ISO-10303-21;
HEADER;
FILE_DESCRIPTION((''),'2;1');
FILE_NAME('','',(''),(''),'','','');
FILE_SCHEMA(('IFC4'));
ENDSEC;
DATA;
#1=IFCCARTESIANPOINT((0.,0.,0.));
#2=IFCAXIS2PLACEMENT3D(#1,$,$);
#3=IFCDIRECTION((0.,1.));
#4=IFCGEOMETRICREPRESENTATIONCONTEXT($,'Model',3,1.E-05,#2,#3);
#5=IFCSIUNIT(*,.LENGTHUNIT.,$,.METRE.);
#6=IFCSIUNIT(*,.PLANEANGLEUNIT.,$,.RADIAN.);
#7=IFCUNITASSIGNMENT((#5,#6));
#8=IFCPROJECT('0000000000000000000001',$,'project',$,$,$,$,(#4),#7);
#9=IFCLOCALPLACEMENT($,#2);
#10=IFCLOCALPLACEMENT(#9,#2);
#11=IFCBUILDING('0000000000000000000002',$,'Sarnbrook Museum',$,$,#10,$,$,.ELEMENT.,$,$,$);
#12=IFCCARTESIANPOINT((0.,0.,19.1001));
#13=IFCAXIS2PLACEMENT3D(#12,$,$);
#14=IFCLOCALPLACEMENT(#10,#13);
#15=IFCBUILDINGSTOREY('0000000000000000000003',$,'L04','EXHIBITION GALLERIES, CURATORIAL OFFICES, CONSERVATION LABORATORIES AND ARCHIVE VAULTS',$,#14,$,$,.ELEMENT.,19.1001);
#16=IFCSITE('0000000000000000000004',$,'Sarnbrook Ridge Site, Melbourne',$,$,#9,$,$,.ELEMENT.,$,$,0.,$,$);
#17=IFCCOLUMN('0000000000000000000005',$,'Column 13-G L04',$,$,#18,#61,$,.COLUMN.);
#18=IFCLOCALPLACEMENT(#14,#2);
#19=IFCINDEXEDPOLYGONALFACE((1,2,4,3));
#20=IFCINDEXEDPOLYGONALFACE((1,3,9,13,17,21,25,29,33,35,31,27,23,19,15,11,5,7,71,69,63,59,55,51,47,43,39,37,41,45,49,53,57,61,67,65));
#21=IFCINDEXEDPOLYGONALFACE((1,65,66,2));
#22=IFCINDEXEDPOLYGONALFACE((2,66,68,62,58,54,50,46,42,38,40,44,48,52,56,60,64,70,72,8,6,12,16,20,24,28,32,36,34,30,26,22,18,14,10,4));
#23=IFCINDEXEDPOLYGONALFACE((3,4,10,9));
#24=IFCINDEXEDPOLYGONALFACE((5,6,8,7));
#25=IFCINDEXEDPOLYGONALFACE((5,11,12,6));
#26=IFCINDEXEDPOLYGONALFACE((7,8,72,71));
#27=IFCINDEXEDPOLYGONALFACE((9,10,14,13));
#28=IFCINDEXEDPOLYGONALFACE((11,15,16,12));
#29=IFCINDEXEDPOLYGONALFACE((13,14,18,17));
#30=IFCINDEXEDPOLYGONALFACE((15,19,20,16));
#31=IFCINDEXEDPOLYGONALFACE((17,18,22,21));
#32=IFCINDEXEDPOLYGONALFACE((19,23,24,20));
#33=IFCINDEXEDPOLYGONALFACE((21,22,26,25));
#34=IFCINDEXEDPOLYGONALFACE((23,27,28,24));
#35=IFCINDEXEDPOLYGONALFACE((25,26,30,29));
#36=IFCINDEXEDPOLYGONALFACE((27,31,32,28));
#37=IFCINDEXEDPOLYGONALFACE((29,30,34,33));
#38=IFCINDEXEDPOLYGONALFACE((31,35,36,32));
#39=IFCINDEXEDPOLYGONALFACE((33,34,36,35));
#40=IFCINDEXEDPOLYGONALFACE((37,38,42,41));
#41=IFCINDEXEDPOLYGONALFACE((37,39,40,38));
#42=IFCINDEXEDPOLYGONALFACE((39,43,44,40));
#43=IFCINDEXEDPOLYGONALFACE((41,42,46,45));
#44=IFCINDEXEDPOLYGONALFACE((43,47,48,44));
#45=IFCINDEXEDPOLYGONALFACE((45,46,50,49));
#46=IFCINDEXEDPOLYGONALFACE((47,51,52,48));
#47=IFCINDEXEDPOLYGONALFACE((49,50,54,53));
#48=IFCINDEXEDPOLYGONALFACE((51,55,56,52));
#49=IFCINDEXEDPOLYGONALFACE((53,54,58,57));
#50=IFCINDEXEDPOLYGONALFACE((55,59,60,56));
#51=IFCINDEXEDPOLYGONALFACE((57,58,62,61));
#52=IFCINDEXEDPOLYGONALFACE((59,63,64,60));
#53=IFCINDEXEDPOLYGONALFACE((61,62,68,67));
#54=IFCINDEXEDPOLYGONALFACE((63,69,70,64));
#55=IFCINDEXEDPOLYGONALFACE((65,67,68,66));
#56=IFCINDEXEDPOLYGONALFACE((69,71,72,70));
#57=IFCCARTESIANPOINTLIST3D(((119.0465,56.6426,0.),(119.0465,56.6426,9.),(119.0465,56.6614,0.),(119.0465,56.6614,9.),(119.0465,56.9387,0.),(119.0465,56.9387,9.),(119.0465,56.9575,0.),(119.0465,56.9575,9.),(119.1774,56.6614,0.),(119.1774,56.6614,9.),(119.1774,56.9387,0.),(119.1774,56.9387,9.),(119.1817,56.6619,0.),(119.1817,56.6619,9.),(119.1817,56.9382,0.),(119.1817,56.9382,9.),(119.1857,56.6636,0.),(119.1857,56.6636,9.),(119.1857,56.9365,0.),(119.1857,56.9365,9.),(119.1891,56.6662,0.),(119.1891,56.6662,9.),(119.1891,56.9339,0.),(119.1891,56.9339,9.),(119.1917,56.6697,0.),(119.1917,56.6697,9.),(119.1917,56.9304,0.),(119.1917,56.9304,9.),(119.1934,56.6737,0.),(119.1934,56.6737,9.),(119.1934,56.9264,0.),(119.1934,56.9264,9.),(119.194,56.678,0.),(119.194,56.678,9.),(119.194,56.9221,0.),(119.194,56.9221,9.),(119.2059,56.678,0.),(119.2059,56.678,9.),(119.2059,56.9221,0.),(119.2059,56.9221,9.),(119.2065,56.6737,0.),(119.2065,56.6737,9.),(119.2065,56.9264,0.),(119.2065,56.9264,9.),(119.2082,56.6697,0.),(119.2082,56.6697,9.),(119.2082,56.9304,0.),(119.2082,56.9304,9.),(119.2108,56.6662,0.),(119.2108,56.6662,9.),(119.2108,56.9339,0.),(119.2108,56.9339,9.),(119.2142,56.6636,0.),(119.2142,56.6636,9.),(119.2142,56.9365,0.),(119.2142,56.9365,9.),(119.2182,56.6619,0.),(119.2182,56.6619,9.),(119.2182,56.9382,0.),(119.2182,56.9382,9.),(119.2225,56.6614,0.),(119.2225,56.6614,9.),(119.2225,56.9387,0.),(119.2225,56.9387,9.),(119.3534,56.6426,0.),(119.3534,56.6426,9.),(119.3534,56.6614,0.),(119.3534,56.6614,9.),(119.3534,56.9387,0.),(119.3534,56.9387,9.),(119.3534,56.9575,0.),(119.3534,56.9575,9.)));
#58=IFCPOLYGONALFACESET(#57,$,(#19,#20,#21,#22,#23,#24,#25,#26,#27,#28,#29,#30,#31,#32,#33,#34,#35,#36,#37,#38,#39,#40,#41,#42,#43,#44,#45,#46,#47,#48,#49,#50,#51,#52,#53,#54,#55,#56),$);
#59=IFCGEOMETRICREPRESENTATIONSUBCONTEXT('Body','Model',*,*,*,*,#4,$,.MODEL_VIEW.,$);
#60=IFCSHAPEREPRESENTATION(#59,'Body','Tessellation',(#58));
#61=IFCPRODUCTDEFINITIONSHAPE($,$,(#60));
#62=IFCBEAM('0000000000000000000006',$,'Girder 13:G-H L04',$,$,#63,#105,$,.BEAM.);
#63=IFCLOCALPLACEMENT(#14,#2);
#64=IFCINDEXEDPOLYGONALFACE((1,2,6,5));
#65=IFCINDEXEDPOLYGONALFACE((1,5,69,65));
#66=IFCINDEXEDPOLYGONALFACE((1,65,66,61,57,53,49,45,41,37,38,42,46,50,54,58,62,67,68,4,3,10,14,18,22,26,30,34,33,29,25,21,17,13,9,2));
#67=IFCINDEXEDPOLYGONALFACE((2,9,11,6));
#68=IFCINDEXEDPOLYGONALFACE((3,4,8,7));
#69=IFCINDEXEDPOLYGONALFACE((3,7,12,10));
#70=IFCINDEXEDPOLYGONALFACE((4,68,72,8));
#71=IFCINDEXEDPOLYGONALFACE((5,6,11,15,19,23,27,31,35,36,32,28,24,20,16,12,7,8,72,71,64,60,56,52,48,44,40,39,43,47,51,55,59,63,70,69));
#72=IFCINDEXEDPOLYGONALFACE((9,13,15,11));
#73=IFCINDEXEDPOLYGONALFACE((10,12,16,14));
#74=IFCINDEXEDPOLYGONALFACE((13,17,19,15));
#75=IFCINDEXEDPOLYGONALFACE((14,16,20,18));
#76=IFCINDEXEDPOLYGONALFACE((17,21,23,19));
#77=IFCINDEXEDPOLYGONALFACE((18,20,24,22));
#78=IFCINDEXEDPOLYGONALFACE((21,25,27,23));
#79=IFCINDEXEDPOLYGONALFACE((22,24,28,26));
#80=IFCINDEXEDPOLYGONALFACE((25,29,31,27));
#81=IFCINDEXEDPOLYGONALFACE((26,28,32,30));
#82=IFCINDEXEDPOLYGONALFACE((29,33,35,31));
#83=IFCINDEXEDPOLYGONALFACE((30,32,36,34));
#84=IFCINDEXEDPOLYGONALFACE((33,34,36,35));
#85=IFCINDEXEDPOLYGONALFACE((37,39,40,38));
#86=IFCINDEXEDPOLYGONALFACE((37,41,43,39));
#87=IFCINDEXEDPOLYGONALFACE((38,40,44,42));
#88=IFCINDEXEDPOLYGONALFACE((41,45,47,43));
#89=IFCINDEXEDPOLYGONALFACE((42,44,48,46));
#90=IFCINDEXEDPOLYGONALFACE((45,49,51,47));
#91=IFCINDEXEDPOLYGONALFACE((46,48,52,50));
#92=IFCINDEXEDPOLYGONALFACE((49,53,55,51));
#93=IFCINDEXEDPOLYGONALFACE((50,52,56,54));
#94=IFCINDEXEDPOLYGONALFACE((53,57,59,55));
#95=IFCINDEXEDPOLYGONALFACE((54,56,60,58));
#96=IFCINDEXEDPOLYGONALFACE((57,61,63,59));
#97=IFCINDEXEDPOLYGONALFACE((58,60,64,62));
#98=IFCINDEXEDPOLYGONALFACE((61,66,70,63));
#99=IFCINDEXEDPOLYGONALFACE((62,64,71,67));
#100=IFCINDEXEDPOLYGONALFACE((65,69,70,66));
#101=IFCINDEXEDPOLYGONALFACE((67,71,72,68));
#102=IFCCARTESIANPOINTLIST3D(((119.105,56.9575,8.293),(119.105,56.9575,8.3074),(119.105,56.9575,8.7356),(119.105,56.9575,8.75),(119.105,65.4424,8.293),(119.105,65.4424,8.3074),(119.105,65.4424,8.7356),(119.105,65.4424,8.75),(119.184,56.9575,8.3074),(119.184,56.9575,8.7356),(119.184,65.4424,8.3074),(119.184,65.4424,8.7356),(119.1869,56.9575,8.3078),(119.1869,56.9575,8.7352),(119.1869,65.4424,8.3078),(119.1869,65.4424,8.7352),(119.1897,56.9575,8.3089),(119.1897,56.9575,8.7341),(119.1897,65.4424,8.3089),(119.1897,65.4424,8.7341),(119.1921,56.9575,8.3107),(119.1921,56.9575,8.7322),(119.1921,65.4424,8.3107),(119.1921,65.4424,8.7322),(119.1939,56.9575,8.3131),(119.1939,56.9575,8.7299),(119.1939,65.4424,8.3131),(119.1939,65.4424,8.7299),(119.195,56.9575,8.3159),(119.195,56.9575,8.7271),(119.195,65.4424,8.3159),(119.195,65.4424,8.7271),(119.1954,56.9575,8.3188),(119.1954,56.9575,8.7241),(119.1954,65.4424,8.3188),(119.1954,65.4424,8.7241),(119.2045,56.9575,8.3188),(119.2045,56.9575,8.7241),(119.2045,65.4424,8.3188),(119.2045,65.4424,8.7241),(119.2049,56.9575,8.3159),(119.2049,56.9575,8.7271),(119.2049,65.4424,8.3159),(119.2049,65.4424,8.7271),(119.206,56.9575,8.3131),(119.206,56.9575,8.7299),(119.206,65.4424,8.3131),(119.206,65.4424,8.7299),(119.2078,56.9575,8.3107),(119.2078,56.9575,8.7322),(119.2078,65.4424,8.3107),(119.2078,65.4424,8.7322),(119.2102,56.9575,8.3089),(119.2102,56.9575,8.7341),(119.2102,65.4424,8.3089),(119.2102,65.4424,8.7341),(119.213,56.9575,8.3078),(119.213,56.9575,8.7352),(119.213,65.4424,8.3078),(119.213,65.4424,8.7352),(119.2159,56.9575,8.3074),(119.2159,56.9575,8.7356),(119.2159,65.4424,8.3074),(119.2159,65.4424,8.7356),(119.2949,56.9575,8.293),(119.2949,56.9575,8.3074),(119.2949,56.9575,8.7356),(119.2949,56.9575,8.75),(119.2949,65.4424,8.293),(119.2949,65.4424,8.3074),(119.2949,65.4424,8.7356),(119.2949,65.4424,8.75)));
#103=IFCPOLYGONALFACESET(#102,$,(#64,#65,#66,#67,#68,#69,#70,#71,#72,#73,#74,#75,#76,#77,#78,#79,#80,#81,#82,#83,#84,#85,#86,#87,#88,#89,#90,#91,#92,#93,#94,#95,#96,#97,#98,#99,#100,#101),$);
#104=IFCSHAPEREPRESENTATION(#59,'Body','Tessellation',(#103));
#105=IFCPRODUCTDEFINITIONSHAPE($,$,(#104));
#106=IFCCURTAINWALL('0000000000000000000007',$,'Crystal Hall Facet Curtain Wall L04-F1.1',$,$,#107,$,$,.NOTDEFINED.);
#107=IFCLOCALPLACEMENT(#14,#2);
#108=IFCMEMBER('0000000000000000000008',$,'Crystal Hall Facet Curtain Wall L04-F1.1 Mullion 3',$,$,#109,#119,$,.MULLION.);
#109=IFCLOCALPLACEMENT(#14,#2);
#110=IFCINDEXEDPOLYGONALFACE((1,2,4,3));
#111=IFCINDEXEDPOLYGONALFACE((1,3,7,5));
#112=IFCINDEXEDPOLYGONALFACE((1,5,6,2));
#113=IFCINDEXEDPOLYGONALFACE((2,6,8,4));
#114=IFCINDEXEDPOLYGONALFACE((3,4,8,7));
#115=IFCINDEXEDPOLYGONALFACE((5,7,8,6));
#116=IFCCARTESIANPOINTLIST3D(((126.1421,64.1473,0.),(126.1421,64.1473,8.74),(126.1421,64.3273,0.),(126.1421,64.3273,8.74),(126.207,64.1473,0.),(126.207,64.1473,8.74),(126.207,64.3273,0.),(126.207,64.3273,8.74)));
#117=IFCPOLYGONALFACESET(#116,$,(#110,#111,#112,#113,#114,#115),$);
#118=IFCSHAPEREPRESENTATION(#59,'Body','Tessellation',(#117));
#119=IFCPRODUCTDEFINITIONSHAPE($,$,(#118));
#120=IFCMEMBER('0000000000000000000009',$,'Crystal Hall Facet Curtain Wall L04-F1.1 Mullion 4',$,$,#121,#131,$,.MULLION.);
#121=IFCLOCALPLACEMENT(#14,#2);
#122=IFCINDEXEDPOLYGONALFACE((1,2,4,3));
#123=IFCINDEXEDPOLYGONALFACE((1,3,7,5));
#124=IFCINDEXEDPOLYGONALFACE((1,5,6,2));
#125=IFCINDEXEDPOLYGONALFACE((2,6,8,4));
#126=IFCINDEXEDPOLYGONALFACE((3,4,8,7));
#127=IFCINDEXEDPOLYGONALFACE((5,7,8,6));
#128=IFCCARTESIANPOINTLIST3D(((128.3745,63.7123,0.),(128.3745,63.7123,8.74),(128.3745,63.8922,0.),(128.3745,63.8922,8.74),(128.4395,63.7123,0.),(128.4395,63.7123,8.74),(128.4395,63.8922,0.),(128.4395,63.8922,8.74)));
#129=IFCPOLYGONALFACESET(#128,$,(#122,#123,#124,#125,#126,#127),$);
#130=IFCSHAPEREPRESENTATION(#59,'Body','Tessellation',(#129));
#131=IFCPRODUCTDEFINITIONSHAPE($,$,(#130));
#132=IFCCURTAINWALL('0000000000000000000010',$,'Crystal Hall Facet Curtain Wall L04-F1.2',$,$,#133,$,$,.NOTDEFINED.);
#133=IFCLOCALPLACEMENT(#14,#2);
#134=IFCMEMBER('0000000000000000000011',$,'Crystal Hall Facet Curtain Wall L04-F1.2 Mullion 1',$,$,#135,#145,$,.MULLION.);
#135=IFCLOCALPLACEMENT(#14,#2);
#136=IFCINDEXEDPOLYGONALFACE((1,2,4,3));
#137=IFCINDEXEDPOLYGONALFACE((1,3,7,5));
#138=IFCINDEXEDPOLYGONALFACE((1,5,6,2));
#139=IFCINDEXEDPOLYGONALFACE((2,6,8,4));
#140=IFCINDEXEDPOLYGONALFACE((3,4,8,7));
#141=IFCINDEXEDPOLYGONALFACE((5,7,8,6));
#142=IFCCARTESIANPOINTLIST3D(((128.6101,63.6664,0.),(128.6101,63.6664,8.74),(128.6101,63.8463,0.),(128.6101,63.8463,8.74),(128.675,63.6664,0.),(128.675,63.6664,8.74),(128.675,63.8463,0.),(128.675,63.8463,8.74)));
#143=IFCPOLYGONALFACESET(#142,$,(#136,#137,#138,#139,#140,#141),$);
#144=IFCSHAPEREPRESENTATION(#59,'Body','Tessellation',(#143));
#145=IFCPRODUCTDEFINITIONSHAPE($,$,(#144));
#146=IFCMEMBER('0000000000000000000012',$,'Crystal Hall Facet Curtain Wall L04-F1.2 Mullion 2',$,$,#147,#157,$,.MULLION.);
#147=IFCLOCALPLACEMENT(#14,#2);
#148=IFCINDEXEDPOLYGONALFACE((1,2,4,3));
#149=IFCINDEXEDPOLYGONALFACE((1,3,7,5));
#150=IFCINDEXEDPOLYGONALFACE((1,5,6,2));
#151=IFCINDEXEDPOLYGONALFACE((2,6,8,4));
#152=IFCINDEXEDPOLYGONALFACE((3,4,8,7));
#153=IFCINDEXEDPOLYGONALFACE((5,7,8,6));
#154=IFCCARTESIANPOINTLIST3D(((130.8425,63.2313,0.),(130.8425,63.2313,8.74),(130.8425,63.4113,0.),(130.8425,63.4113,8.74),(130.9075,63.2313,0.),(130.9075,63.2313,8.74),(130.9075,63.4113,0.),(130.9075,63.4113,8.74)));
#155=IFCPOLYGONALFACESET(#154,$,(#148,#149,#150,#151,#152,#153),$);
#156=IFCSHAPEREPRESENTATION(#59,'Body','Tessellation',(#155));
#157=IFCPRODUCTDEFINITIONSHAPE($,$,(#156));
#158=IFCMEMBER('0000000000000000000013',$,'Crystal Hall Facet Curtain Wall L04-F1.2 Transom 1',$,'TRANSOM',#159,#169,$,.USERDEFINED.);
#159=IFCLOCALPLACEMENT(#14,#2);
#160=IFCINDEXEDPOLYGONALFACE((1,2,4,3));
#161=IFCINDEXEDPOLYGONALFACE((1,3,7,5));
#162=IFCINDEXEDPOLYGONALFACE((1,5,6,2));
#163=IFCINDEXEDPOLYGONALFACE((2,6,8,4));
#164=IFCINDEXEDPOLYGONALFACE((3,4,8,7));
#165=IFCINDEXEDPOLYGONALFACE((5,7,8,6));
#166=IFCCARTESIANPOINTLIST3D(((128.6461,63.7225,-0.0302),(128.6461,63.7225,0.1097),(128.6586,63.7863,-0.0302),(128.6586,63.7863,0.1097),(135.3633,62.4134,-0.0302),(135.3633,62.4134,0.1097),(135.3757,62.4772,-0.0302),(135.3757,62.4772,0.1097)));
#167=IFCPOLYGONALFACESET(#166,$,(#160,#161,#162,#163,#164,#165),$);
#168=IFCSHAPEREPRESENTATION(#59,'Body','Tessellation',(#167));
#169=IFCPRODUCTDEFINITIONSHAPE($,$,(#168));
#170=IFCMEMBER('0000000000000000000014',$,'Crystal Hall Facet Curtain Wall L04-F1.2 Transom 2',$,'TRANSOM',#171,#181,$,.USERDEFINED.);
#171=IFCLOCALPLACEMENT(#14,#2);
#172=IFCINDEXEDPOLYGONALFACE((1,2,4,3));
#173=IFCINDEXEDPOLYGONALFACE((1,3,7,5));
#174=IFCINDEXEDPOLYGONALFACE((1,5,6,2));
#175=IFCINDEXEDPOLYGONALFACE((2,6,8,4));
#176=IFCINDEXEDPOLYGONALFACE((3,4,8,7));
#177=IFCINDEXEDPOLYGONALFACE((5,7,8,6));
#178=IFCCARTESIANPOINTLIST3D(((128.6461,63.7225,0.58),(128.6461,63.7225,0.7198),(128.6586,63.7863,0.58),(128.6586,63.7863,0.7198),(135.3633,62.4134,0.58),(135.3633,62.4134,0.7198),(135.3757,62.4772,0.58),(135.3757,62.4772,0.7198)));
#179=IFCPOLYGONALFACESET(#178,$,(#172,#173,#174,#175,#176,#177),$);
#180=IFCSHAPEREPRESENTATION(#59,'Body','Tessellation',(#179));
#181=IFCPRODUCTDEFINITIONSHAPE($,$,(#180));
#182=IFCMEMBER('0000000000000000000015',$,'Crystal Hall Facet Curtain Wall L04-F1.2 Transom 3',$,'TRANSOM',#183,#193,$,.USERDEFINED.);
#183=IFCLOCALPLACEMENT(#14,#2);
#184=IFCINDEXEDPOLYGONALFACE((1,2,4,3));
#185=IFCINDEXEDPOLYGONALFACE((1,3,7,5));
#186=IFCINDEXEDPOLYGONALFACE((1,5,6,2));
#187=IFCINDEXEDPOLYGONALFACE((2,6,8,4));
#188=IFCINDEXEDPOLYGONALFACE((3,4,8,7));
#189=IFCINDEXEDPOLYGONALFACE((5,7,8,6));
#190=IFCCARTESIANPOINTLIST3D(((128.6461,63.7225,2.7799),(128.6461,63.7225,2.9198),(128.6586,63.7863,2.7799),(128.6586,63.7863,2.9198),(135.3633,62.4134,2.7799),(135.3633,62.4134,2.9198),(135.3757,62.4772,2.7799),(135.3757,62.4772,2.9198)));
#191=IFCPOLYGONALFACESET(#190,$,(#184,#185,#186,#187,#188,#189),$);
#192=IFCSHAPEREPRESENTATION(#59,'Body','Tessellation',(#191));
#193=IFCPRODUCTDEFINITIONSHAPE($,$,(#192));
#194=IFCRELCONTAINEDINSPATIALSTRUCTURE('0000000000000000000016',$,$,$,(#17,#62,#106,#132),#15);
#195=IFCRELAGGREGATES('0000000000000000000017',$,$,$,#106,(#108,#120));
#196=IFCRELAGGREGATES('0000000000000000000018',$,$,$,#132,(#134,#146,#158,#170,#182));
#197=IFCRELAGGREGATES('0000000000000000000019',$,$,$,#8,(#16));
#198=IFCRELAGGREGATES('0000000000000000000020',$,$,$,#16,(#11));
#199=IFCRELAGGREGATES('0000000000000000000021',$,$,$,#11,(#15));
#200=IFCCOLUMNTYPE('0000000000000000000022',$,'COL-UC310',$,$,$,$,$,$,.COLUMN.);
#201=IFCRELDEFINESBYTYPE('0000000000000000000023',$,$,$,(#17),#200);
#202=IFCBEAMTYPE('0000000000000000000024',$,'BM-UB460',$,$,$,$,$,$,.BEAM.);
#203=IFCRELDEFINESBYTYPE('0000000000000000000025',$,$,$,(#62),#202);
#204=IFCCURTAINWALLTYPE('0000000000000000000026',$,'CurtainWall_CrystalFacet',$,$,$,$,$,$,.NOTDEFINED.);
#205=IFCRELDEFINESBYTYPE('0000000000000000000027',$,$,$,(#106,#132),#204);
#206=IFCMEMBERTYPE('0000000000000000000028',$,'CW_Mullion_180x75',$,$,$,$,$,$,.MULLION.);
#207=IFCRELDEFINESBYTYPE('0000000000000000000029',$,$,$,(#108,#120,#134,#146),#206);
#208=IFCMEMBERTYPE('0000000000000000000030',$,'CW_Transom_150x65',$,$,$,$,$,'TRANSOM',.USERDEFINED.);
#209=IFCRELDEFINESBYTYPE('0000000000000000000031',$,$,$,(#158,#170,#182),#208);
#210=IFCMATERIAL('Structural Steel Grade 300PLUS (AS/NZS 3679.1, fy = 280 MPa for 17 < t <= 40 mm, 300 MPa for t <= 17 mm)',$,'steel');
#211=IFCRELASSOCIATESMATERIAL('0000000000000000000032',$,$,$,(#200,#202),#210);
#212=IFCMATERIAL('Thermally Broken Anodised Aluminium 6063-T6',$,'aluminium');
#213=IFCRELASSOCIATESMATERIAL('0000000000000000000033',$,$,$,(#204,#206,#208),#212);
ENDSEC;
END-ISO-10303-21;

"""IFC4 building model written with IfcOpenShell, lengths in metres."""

from ifc_helpers import new_model, si_unit, direction, frame, origin, origin_2d, place, context, subcontext, project, spatial, rectangle, i_section, extrude, material, material_profile, profile_set, type_object, element, aggregate, save


model = new_model("IFC4")

# Units and contexts
model_context = context("Model", 3, precision=1e-05, world=origin(), true_north=direction((0.0, 1.0)))
body_context = subcontext(model_context, "Body", "Model", "MODEL_VIEW")
ifc_project = project(units=[si_unit("LENGTHUNIT", "METRE"), si_unit("PLANEANGLEUNIT", "RADIAN")], contexts=[model_context])

# Site, building, storey
site_placement = place(None, origin())
site = spatial("IfcSite", under=ifc_project, at=site_placement, Name="Sarnbrook Ridge Site, Melbourne", CompositionType="ELEMENT", RefElevation=0.0)
building_placement = place(site_placement, origin())
building = spatial("IfcBuilding", under=site, at=building_placement, Name="Sarnbrook Museum", CompositionType="ELEMENT")
storey_placement = place(building_placement, frame((0.0, 0.0, 19.1001)))
storey = spatial("IfcBuildingStorey", under=building, at=storey_placement, Name="L04", Description="EXHIBITION GALLERIES, CURATORIAL OFFICES, CONSERVATION LABORATORIES AND ARCHIVE VAULTS", CompositionType="ELEMENT", Elevation=19.1001)

# Column
ifc_material_1 = material(Name="Structural Steel Grade 300PLUS (AS/NZS 3679.1, fy = 280 MPa for 17 < t <= 40 mm, 300 MPa for t <= 17 mm)", Category="steel")
ifc_material_profile_1 = material_profile(ifc_material_1, i_section(OverallWidth=0.3069, OverallDepth=0.3149, WebThickness=0.012, FlangeThickness=0.0188, FilletRadius=0.0166, at=origin_2d()), Name="310UC118")
ifc_profile_set_1 = profile_set([ifc_material_profile_1], Name="Structural Steel Grade 300PLUS (AS/NZS 3679.1, fy = 280 MPa for 17 < t <= 40 mm, 300 MPa for t <= 17 mm)")
column_type = type_object("IfcColumnType", Name="COL-UC310", PredefinedType="COLUMN", material=ifc_profile_set_1)
column_placement = place(storey_placement, frame((119.2, 56.8, 0.0), z_axis=(0.0, 0.0, 1.0), x_axis=(1.0, 0.0, 0.0)))
element("IfcColumn", 1, at=column_placement, inside=storey, type_object=column_type, Name="Column 13-G L04", PredefinedType="COLUMN", context=body_context, shape_type="SweptSolid", body=[
    extrude(i_section(OverallWidth=0.3069, OverallDepth=0.3149, WebThickness=0.012, FlangeThickness=0.0188, FilletRadius=0.0166, at=origin_2d()), origin(), (0.0, 0.0, 1.0), 9.0),
])

# Beam
ifc_material_profile_2 = material_profile(ifc_material_1, i_section(OverallWidth=0.1899, OverallDepth=0.457, WebThickness=0.009, FlangeThickness=0.0144, FilletRadius=0.0115, at=origin_2d()), Name="460UB74.6")
ifc_profile_set_2 = profile_set([ifc_material_profile_2], Name="Structural Steel Grade 300PLUS (AS/NZS 3679.1, fy = 280 MPa for 17 < t <= 40 mm, 300 MPa for t <= 17 mm)")
beam_type = type_object("IfcBeamType", Name="BM-UB460", PredefinedType="BEAM", material=ifc_profile_set_2)
beam_placement = place(storey_placement, frame((119.2, 56.9575, 8.5215), z_axis=(0.0, 1.0, 0.0), x_axis=(-1.0, 0.0, 0.0)))
element("IfcBeam", 2, at=beam_placement, inside=storey, type_object=beam_type, Name="Girder 13:G-H L04", PredefinedType="BEAM", context=body_context, shape_type="SweptSolid", body=[
    extrude(i_section(OverallWidth=0.1899, OverallDepth=0.457, WebThickness=0.009, FlangeThickness=0.0144, FilletRadius=0.0115, at=origin_2d()), origin(), (0.0, 0.0, 1.0), 8.4849),
])

# Curtain walls, members
ifc_material_2 = material(Name="Thermally Broken Anodised Aluminium 6063-T6", Category="aluminium")
curtain_wall_type = type_object("IfcCurtainWallType", Name="CurtainWall_CrystalFacet", PredefinedType="NOTDEFINED", material=ifc_material_2)
curtain_wall_1_placement = place(storey_placement, origin())
curtain_wall_1 = element("IfcCurtainWall", 3, at=curtain_wall_1_placement, inside=storey, type_object=curtain_wall_type, Name="Crystal Hall Facet Curtain Wall L04-F1.1", PredefinedType="NOTDEFINED")
ifc_material_profile_3 = material_profile(ifc_material_2, rectangle(XDim=0.0649, YDim=0.1799, at=origin_2d()), Name="ALU MULLION 65x180")
ifc_profile_set_3 = profile_set([ifc_material_profile_3], Name="Thermally Broken Anodised Aluminium 6063-T6")
member_type_1 = type_object("IfcMemberType", Name="CW_Mullion_180x75", PredefinedType="MULLION", material=ifc_profile_set_3)
member_1_placement = place(storey_placement, frame((126.1746, 64.2373, 0.0), z_axis=(0.0, 0.0, 1.0), x_axis=(1.0, 0.0, 0.0)))
member_1 = element("IfcMember", 4, at=member_1_placement, type_object=member_type_1, Name="Crystal Hall Facet Curtain Wall L04-F1.1 Mullion 3", PredefinedType="MULLION", context=body_context, shape_type="SweptSolid", body=[
    extrude(rectangle(XDim=0.0649, YDim=0.1799, at=origin_2d()), origin(), (0.0, 0.0, 1.0), 8.74),
])
member_2_placement = place(storey_placement, frame((128.407, 63.8022, 0.0), z_axis=(0.0, 0.0, 1.0), x_axis=(1.0, 0.0, 0.0)))
member_2 = element("IfcMember", 5, at=member_2_placement, type_object=member_type_1, Name="Crystal Hall Facet Curtain Wall L04-F1.1 Mullion 4", PredefinedType="MULLION", context=body_context, shape_type="SweptSolid", body=[
    extrude(rectangle(XDim=0.0649, YDim=0.1799, at=origin_2d()), origin(), (0.0, 0.0, 1.0), 8.74),
])
curtain_wall_2_placement = place(storey_placement, origin())
curtain_wall_2 = element("IfcCurtainWall", 6, at=curtain_wall_2_placement, inside=storey, type_object=curtain_wall_type, Name="Crystal Hall Facet Curtain Wall L04-F1.2", PredefinedType="NOTDEFINED")
member_3_placement = place(storey_placement, frame((128.6426, 63.7563, 0.0), z_axis=(0.0, 0.0, 1.0), x_axis=(1.0, 0.0, 0.0)))
member_3 = element("IfcMember", 7, at=member_3_placement, type_object=member_type_1, Name="Crystal Hall Facet Curtain Wall L04-F1.2 Mullion 1", PredefinedType="MULLION", context=body_context, shape_type="SweptSolid", body=[
    extrude(rectangle(XDim=0.0649, YDim=0.1799, at=origin_2d()), origin(), (0.0, 0.0, 1.0), 8.74),
])
member_4_placement = place(storey_placement, frame((130.875, 63.3213, 0.0), z_axis=(0.0, 0.0, 1.0), x_axis=(1.0, 0.0, 0.0)))
member_4 = element("IfcMember", 8, at=member_4_placement, type_object=member_type_1, Name="Crystal Hall Facet Curtain Wall L04-F1.2 Mullion 2", PredefinedType="MULLION", context=body_context, shape_type="SweptSolid", body=[
    extrude(rectangle(XDim=0.0649, YDim=0.1799, at=origin_2d()), origin(), (0.0, 0.0, 1.0), 8.74),
])
ifc_material_profile_4 = material_profile(ifc_material_2, rectangle(XDim=0.0649, YDim=0.1399, at=origin_2d()), Name="ALU TRANSOM 65x140")
ifc_profile_set_4 = profile_set([ifc_material_profile_4], Name="Thermally Broken Anodised Aluminium 6063-T6")
member_type_2 = type_object("IfcMemberType", Name="CW_Transom_150x65", ElementType="TRANSOM", PredefinedType="USERDEFINED", material=ifc_profile_set_4)
member_5_placement = place(storey_placement, frame((128.6523, 63.7544, 0.0398), z_axis=(0.981533, -0.191291, 0.0), x_axis=(0.191291, 0.981533, 0.0)))
member_5 = element("IfcMember", 9, at=member_5_placement, type_object=member_type_2, Name="Crystal Hall Facet Curtain Wall L04-F1.2 Transom 1", ObjectType="TRANSOM", PredefinedType="USERDEFINED", context=body_context, shape_type="SweptSolid", body=[
    extrude(rectangle(XDim=0.0649, YDim=0.1399, at=origin_2d()), origin(), (0.0, 0.0, 1.0), 6.8435),
])
member_6_placement = place(storey_placement, frame((128.6523, 63.7544, 0.6499), z_axis=(0.981533, -0.191291, 0.0), x_axis=(0.191291, 0.981533, 0.0)))
member_6 = element("IfcMember", 10, at=member_6_placement, type_object=member_type_2, Name="Crystal Hall Facet Curtain Wall L04-F1.2 Transom 2", ObjectType="TRANSOM", PredefinedType="USERDEFINED", context=body_context, shape_type="SweptSolid", body=[
    extrude(rectangle(XDim=0.0649, YDim=0.1399, at=origin_2d()), origin(), (0.0, 0.0, 1.0), 6.8435),
])
member_7_placement = place(storey_placement, frame((128.6523, 63.7544, 2.8499), z_axis=(0.981533, -0.191291, 0.0), x_axis=(0.191291, 0.981533, 0.0)))
member_7 = element("IfcMember", 11, at=member_7_placement, type_object=member_type_2, Name="Crystal Hall Facet Curtain Wall L04-F1.2 Transom 3", ObjectType="TRANSOM", PredefinedType="USERDEFINED", context=body_context, shape_type="SweptSolid", body=[
    extrude(rectangle(XDim=0.0649, YDim=0.1399, at=origin_2d()), origin(), (0.0, 0.0, 1.0), 6.8435),
])

aggregate(curtain_wall_1, [member_1, member_2])
aggregate(curtain_wall_2, [member_3, member_4, member_5, member_6, member_7])

save(model, "model.ifc")
